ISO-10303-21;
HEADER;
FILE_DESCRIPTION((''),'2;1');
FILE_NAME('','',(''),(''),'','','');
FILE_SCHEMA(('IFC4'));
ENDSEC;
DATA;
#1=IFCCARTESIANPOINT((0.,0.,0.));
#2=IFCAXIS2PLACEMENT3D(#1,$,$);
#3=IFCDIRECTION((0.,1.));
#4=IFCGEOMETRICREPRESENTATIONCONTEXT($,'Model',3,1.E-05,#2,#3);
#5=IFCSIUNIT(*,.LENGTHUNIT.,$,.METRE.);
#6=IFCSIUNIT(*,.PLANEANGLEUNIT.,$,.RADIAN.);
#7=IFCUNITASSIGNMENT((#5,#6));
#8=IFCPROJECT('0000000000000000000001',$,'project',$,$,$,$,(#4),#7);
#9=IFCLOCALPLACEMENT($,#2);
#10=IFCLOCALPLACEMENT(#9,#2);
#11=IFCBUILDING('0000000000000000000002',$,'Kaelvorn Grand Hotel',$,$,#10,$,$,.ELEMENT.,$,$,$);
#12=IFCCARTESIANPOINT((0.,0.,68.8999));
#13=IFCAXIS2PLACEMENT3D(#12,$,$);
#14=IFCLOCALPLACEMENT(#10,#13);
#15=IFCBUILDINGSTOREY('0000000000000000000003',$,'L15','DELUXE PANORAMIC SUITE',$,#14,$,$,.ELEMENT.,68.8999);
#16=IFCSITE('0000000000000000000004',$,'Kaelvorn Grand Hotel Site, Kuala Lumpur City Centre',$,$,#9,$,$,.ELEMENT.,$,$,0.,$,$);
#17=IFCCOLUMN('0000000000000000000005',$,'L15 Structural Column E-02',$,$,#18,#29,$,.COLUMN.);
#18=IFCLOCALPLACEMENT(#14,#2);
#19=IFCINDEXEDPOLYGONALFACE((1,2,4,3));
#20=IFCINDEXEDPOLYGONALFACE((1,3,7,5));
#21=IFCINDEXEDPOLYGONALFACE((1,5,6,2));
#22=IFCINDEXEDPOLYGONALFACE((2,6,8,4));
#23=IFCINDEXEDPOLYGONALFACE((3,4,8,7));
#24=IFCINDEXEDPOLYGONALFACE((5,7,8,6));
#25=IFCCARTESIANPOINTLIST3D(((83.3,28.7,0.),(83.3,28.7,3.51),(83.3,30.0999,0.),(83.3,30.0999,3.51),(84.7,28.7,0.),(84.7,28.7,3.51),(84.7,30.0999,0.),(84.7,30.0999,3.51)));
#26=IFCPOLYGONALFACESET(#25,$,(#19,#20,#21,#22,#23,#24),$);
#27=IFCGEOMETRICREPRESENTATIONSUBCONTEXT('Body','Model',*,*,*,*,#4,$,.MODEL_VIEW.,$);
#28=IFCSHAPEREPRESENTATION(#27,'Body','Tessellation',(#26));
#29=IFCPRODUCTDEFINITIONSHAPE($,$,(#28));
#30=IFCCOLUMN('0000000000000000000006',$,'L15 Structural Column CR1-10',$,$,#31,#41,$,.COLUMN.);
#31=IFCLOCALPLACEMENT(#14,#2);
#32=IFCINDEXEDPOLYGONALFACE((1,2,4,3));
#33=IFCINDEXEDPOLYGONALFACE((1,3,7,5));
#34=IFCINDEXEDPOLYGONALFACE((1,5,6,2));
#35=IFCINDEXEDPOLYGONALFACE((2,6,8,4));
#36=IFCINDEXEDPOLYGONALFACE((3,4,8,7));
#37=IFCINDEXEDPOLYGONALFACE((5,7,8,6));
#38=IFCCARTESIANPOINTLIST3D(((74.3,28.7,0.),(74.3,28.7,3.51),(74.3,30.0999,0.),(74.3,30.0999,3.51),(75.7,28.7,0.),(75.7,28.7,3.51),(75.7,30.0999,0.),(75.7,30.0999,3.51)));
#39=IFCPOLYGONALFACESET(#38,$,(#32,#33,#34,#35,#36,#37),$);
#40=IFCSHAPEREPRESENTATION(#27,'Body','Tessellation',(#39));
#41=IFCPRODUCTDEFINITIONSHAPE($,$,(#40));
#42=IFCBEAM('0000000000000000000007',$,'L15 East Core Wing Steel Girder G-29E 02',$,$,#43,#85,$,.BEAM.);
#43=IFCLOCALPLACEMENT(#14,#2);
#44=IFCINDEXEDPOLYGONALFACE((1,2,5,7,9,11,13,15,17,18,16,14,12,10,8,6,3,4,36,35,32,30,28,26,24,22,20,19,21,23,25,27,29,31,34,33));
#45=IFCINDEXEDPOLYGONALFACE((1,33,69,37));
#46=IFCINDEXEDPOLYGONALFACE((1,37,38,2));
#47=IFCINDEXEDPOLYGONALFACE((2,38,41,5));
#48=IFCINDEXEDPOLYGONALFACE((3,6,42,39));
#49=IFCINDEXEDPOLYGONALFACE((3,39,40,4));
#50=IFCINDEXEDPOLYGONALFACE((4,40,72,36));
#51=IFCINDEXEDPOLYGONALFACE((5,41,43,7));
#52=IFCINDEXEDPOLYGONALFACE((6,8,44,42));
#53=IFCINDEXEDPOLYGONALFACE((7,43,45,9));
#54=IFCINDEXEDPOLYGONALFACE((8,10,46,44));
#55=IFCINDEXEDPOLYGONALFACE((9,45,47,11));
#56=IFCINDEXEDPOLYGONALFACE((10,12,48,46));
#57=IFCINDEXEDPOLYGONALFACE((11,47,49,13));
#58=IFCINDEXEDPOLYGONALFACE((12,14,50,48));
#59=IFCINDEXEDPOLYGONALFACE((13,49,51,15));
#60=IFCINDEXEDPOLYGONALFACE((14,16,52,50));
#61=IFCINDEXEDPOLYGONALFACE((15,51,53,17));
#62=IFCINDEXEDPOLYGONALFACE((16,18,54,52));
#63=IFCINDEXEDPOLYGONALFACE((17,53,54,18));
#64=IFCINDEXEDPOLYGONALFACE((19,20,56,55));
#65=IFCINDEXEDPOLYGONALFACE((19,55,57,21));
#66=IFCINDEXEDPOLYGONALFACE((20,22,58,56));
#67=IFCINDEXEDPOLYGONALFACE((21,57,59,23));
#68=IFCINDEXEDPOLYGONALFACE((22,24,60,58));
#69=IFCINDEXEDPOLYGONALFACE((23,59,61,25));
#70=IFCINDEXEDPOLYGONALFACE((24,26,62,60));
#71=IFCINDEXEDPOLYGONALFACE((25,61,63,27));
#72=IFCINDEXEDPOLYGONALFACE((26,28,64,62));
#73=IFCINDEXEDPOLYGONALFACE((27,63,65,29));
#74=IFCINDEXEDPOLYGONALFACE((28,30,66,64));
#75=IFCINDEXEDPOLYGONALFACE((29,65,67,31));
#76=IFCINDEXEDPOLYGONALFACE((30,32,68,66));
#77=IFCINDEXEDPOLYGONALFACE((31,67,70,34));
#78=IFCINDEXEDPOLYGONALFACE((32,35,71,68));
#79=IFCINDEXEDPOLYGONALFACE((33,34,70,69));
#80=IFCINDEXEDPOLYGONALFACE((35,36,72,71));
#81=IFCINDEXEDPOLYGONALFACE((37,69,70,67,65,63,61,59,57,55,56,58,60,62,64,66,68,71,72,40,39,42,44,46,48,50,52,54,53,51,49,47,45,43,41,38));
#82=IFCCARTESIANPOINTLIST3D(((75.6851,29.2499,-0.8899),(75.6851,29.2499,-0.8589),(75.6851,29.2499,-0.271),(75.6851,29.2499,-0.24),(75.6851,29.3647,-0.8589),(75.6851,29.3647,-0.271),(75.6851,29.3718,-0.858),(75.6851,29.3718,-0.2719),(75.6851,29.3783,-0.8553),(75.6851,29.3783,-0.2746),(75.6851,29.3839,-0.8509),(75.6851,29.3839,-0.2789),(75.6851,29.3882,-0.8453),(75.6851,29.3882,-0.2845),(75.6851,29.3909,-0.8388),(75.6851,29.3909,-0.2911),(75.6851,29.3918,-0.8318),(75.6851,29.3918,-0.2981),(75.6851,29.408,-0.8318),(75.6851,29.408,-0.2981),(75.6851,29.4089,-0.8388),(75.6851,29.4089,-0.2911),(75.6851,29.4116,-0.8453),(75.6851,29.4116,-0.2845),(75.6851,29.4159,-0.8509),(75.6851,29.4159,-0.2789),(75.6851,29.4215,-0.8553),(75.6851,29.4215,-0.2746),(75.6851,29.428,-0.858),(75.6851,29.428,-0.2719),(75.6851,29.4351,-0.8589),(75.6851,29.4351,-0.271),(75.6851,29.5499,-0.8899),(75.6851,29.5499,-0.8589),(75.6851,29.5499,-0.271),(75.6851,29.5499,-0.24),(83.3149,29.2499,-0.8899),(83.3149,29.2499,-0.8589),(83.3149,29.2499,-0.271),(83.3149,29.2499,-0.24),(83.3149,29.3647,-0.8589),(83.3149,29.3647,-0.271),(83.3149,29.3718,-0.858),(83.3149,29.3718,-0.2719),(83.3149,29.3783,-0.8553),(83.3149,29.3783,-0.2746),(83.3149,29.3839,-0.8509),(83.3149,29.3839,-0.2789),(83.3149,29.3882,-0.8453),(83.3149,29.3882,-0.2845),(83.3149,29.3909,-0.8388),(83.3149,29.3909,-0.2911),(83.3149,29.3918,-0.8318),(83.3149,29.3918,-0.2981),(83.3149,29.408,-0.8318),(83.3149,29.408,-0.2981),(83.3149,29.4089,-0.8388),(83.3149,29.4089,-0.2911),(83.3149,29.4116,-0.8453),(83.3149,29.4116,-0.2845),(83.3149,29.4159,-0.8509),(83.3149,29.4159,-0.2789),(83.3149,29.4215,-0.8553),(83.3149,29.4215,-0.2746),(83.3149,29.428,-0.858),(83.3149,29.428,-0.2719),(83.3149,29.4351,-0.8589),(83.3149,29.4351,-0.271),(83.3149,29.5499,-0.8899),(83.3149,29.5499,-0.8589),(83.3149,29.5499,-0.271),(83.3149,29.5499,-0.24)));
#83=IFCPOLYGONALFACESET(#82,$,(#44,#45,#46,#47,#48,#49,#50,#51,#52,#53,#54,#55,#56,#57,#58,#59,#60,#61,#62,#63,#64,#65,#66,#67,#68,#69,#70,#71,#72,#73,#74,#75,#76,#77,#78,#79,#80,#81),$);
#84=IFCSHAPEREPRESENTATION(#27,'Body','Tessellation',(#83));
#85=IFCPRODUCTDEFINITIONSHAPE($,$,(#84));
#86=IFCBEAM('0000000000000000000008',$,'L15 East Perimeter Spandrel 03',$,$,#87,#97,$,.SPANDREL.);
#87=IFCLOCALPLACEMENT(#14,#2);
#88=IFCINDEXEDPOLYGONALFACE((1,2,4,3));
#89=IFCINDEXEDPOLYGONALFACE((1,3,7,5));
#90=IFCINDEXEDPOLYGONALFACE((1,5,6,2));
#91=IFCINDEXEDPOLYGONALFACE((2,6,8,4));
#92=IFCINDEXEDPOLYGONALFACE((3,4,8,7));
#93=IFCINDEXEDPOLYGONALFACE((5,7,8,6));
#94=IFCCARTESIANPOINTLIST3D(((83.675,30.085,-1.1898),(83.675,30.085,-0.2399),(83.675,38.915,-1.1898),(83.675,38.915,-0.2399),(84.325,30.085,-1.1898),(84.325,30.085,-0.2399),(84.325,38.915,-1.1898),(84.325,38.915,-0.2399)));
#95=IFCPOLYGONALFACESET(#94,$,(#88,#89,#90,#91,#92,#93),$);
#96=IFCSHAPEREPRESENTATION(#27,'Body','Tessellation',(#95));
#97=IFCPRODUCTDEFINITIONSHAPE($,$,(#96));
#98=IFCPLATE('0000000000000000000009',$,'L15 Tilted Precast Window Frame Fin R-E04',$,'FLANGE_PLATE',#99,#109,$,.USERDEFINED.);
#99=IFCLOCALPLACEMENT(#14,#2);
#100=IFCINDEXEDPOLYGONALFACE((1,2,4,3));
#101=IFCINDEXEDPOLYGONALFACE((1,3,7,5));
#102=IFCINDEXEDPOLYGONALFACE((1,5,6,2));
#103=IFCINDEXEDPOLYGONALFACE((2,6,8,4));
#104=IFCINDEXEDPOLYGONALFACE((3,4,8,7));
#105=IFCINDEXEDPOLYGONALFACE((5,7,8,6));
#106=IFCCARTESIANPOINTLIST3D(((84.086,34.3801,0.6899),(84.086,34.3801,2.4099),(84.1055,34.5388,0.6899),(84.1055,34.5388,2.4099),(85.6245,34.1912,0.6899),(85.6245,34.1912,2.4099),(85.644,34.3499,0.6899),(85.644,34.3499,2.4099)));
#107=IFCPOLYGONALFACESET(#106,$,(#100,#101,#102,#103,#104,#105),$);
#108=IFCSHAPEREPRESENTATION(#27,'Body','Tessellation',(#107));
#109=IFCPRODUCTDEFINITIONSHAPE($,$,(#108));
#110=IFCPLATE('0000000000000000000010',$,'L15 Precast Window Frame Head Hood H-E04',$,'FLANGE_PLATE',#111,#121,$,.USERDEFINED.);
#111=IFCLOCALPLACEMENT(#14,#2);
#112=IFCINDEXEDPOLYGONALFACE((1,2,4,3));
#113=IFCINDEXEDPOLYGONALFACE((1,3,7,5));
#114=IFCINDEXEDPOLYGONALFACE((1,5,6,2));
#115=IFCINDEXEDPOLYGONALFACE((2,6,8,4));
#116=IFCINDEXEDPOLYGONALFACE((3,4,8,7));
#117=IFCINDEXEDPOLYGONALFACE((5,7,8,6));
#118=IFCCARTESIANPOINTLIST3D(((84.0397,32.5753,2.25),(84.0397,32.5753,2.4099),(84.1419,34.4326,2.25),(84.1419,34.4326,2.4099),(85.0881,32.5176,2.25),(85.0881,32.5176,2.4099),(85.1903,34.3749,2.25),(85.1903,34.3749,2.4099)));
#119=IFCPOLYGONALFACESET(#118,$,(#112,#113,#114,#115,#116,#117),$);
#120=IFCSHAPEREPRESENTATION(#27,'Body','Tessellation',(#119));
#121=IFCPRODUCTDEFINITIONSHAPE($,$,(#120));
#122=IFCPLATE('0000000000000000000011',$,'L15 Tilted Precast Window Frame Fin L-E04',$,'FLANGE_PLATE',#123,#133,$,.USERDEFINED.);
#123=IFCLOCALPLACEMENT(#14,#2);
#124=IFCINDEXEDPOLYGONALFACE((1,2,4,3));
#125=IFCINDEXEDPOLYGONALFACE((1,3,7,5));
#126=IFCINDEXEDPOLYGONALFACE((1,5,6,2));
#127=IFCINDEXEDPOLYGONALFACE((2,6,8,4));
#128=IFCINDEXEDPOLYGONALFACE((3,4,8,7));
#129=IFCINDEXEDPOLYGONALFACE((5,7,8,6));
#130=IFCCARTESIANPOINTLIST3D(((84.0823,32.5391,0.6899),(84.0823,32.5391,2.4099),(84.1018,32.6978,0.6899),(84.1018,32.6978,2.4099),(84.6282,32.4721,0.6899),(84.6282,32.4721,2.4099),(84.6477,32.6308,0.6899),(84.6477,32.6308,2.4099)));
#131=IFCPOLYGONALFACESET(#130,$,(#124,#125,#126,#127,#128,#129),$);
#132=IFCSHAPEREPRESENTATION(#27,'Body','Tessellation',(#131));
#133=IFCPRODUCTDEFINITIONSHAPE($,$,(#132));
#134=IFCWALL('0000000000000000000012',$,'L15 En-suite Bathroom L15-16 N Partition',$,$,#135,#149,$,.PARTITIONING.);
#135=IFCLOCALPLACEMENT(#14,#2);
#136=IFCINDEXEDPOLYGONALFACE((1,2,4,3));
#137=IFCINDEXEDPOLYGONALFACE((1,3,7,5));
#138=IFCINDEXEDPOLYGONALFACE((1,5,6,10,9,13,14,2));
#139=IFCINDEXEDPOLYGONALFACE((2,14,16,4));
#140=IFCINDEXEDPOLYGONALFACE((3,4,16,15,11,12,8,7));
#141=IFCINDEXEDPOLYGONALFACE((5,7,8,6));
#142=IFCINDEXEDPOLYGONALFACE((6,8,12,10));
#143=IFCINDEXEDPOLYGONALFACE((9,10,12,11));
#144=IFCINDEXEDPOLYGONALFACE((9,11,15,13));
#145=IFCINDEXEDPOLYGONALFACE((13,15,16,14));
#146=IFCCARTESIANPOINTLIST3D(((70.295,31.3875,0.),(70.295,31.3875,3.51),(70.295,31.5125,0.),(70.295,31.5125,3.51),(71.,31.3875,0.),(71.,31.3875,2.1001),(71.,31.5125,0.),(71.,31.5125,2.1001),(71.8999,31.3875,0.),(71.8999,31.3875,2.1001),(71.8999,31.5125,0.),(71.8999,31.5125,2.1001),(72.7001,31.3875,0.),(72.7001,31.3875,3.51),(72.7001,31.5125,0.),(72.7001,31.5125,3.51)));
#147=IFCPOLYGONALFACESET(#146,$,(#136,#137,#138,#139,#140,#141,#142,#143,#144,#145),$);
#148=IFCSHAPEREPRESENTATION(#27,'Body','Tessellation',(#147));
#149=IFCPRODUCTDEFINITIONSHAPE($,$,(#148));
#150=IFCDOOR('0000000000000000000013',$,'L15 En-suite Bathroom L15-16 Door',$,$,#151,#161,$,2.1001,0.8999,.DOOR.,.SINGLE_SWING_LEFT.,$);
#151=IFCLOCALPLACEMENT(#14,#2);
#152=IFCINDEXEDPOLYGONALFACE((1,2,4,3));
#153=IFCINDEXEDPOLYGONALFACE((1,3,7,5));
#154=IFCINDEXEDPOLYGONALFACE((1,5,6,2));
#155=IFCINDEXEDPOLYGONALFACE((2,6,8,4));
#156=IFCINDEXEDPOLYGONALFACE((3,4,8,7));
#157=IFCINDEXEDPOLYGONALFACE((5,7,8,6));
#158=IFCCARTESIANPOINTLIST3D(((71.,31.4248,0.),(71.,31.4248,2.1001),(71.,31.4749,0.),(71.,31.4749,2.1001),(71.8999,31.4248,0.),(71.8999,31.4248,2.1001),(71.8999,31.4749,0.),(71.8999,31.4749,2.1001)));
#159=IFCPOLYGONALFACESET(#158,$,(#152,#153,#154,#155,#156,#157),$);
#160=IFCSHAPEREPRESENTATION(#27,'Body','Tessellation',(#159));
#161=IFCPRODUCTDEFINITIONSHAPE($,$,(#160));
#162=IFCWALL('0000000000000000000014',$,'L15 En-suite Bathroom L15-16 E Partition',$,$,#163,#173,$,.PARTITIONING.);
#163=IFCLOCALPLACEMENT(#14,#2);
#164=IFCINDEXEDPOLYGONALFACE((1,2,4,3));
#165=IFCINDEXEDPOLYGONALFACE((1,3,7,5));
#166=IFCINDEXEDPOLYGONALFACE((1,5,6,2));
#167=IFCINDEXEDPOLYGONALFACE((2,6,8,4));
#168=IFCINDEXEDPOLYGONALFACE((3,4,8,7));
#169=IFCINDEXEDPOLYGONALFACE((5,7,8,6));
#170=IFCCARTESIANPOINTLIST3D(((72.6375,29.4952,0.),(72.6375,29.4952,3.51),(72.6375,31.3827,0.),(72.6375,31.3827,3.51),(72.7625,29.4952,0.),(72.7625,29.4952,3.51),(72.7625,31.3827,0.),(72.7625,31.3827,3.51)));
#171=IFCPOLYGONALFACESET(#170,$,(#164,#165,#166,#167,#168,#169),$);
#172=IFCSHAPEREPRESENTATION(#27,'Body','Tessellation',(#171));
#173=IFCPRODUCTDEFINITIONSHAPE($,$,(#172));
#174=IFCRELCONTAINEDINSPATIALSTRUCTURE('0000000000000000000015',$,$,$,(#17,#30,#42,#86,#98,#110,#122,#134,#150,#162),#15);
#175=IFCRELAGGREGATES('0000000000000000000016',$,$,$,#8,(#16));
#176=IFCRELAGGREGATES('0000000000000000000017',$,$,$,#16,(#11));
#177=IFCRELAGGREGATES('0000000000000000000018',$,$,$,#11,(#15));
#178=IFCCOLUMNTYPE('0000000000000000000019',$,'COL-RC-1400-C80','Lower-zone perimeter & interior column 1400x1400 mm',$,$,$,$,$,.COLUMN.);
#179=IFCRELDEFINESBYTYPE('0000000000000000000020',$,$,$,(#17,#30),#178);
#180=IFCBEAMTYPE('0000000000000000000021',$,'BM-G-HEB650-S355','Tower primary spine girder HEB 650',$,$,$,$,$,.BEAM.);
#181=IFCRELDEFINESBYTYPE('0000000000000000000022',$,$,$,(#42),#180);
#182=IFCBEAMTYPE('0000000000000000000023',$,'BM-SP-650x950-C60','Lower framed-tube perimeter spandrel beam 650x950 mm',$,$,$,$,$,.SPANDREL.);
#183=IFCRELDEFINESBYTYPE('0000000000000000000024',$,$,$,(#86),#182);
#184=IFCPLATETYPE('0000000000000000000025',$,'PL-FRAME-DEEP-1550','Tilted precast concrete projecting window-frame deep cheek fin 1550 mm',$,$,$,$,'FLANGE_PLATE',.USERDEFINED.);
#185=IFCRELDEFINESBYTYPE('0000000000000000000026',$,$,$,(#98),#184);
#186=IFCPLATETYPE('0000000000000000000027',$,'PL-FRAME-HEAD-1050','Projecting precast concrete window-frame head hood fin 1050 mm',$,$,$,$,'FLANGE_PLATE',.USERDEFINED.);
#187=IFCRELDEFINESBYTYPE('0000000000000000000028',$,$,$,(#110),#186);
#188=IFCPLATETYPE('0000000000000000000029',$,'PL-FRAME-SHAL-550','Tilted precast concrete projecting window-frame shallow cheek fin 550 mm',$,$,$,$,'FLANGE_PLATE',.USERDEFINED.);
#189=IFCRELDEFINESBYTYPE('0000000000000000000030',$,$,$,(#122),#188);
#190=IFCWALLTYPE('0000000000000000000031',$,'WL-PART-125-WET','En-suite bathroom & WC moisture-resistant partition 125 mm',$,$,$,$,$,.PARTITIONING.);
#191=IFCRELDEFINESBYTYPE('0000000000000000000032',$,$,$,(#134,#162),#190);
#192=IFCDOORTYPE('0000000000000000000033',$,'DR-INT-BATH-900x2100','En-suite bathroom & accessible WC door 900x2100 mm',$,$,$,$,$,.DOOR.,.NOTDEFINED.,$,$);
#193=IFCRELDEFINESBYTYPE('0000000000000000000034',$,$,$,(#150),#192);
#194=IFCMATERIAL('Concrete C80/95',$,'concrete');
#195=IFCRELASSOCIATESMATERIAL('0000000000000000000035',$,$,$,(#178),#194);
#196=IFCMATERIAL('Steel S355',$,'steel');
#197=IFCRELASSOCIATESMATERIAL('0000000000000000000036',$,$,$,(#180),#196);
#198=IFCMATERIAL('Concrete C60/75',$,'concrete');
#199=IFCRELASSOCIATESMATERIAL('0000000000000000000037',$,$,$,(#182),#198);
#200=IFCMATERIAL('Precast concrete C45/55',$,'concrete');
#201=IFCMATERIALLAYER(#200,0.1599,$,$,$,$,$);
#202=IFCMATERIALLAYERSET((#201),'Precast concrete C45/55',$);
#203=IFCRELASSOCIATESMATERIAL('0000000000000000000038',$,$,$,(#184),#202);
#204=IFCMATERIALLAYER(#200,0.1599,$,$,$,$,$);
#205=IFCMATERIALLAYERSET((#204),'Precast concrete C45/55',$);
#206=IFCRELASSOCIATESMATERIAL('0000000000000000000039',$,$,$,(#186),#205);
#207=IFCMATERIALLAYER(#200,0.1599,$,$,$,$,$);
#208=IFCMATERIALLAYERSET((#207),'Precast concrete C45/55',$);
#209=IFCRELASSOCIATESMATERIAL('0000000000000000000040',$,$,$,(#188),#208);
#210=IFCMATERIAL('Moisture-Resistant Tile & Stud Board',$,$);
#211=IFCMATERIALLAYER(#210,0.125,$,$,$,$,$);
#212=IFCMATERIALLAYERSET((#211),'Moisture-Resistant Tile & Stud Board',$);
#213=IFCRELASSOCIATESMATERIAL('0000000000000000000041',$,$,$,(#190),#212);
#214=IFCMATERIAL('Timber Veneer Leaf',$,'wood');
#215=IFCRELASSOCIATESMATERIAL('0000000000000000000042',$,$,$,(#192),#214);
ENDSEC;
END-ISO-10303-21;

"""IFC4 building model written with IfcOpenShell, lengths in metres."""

from ifc_helpers import new_model, si_unit, direction, frame, frame_2d, origin, origin_2d, place, context, subcontext, project, spatial, rectangle, i_section, extrude, material, layer, layer_set, material_profile, profile_set, type_object, element, fill, save


model = new_model("IFC4")

# Units and contexts
model_context = context("Model", 3, precision=1e-05, world=origin(), true_north=direction((0.0, 1.0)))
body_context = subcontext(model_context, "Body", "Model", "MODEL_VIEW")
ifc_project = project(units=[si_unit("LENGTHUNIT", "METRE"), si_unit("PLANEANGLEUNIT", "RADIAN")], contexts=[model_context])

# Site, building, storey
site_placement = place(None, origin())
site = spatial("IfcSite", under=ifc_project, at=site_placement, Name="Kaelvorn Grand Hotel Site, Kuala Lumpur City Centre", CompositionType="ELEMENT", RefElevation=0.0)
building_placement = place(site_placement, origin())
building = spatial("IfcBuilding", under=site, at=building_placement, Name="Kaelvorn Grand Hotel", CompositionType="ELEMENT")
storey_placement = place(building_placement, frame((0.0, 0.0, 68.8999)))
storey = spatial("IfcBuildingStorey", under=building, at=storey_placement, Name="L15", Description="DELUXE PANORAMIC SUITE", CompositionType="ELEMENT", Elevation=68.8999)

# Columns
ifc_material_1 = material(Name="Concrete C80/95", Category="concrete")
ifc_material_profile_1 = material_profile(ifc_material_1, rectangle(XDim=1.3999, YDim=1.3999, at=origin_2d()), Name="RC COL 1400x1400")
ifc_profile_set_1 = profile_set([ifc_material_profile_1], Name="Concrete C80/95")
column_type = type_object("IfcColumnType", Name="COL-RC-1400-C80", Description="Lower-zone perimeter & interior column 1400x1400 mm", PredefinedType="COLUMN", material=ifc_profile_set_1)
for number, where, z_axis, x_axis, name in (
    (1, (84.0, 29.3999, 0.0), (0.0, 0.0, 1.0), (1.0, 0.0, 0.0), "L15 Structural Column E-02"),
    (2, (75.0, 29.3999, 0.0), (0.0, 0.0, 1.0), (1.0, 0.0, 0.0), "L15 Structural Column CR1-10"),
):
    element("IfcColumn", number, at=place(storey_placement, frame(where, z_axis=z_axis, x_axis=x_axis)), inside=storey, type_object=column_type, Name=name, PredefinedType="COLUMN", context=body_context, shape_type="SweptSolid", body=[
        extrude(rectangle(XDim=1.3999, YDim=1.3999, at=origin_2d()), origin(), (0.0, 0.0, 1.0), 3.51),
    ])

# Beams
ifc_material_2 = material(Name="Steel S355", Category="steel")
ifc_material_profile_2 = material_profile(ifc_material_2, i_section(OverallWidth=0.3, OverallDepth=0.6499, WebThickness=0.0161, FlangeThickness=0.031, FilletRadius=0.0271, at=origin_2d()), Name="HEB 650")
ifc_profile_set_2 = profile_set([ifc_material_profile_2], Name="Steel S355")
beam_type_1 = type_object("IfcBeamType", Name="BM-G-HEB650-S355", Description="Tower primary spine girder HEB 650", PredefinedType="BEAM", material=ifc_profile_set_2)
beam_1_placement = place(storey_placement, frame((75.6851, 29.3999, -0.5649), z_axis=(1.0, 0.0, 0.0), x_axis=(0.0, 1.0, 0.0)))
element("IfcBeam", 3, at=beam_1_placement, inside=storey, type_object=beam_type_1, Name="L15 East Core Wing Steel Girder G-29E 02", PredefinedType="BEAM", context=body_context, shape_type="SweptSolid", body=[
    extrude(i_section(OverallWidth=0.3, OverallDepth=0.6499, WebThickness=0.0161, FlangeThickness=0.031, FilletRadius=0.0271, at=origin_2d()), origin(), (0.0, 0.0, 1.0), 7.6299),
])
ifc_material_3 = material(Name="Concrete C60/75", Category="concrete")
ifc_material_profile_3 = material_profile(ifc_material_3, rectangle(XDim=0.6499, YDim=0.95, at=origin_2d()), Name="RC SPANDREL 650x950")
ifc_profile_set_3 = profile_set([ifc_material_profile_3], Name="Concrete C60/75")
beam_type_2 = type_object("IfcBeamType", Name="BM-SP-650x950-C60", Description="Lower framed-tube perimeter spandrel beam 650x950 mm", PredefinedType="SPANDREL", material=ifc_profile_set_3)
beam_2_placement = place(storey_placement, frame((84.0, 30.085, -0.7148), z_axis=(0.0, 1.0, 0.0), x_axis=(-1.0, 0.0, 0.0)))
element("IfcBeam", 4, at=beam_2_placement, inside=storey, type_object=beam_type_2, Name="L15 East Perimeter Spandrel 03", PredefinedType="SPANDREL", context=body_context, shape_type="SweptSolid", body=[
    extrude(rectangle(XDim=0.6499, YDim=0.95, at=origin_2d()), origin(), (0.0, 0.0, 1.0), 8.8301),
])

# Plates
ifc_material_4 = material(Name="Precast concrete C45/55", Category="concrete")
ifc_layer_1 = layer(ifc_material_4, 0.1599)
ifc_layer_set_1 = layer_set([ifc_layer_1], Name="Precast concrete C45/55")
plate_type_1 = type_object("IfcPlateType", Name="PL-FRAME-DEEP-1550", Description="Tilted precast concrete projecting window-frame deep cheek fin 1550 mm", ElementType="FLANGE_PLATE", PredefinedType="USERDEFINED", material=ifc_layer_set_1)
plate_1_placement = place(storey_placement, frame((84.865, 34.365, 0.6899), z_axis=(0.0, 0.0, 1.0), x_axis=(0.121869, 0.992546, 0.0)))
element("IfcPlate", 5, at=plate_1_placement, inside=storey, type_object=plate_type_1, Name="L15 Tilted Precast Window Frame Fin R-E04", ObjectType="FLANGE_PLATE", PredefinedType="USERDEFINED", context=body_context, shape_type="SweptSolid", body=[
    extrude(rectangle(XDim=0.1599, YDim=1.55, at=origin_2d()), origin(), (0.0, 0.0, 1.0), 1.72),
])
ifc_layer_2 = layer(ifc_material_4, 0.1599)
ifc_layer_set_2 = layer_set([ifc_layer_2], Name="Precast concrete C45/55")
plate_type_2 = type_object("IfcPlateType", Name="PL-FRAME-HEAD-1050", Description="Projecting precast concrete window-frame head hood fin 1050 mm", ElementType="FLANGE_PLATE", PredefinedType="USERDEFINED", material=ifc_layer_set_2)
plate_2_placement = place(storey_placement, frame((84.615, 33.4751, 2.25), z_axis=(0.0, 0.0, 1.0), x_axis=(0.05495, 0.998489, 0.0)))
element("IfcPlate", 6, at=plate_2_placement, inside=storey, type_object=plate_type_2, Name="L15 Precast Window Frame Head Hood H-E04", ObjectType="FLANGE_PLATE", PredefinedType="USERDEFINED", context=body_context, shape_type="SweptSolid", body=[
    extrude(rectangle(XDim=1.8601, YDim=1.05, at=origin_2d()), origin(), (0.0, 0.0, 1.0), 0.1599),
])
ifc_layer_3 = layer(ifc_material_4, 0.1599)
ifc_layer_set_3 = layer_set([ifc_layer_3], Name="Precast concrete C45/55")
plate_type_3 = type_object("IfcPlateType", Name="PL-FRAME-SHAL-550", Description="Tilted precast concrete projecting window-frame shallow cheek fin 550 mm", ElementType="FLANGE_PLATE", PredefinedType="USERDEFINED", material=ifc_layer_set_3)
plate_3_placement = place(storey_placement, frame((84.365, 32.585, 0.6899), z_axis=(0.0, 0.0, 1.0), x_axis=(0.121869, 0.992546, 0.0)))
element("IfcPlate", 7, at=plate_3_placement, inside=storey, type_object=plate_type_3, Name="L15 Tilted Precast Window Frame Fin L-E04", ObjectType="FLANGE_PLATE", PredefinedType="USERDEFINED", context=body_context, shape_type="SweptSolid", body=[
    extrude(rectangle(XDim=0.1599, YDim=0.55, at=origin_2d()), origin(), (0.0, 0.0, 1.0), 1.72),
])

# Wall, opening, door
ifc_material_5 = material(Name="Moisture-Resistant Tile & Stud Board")
ifc_layer_4 = layer(ifc_material_5, 0.125)
ifc_layer_set_4 = layer_set([ifc_layer_4], Name="Moisture-Resistant Tile & Stud Board")
wall_type_1 = type_object("IfcWallType", Name="WL-PART-125-WET", Description="En-suite bathroom & WC moisture-resistant partition 125 mm", PredefinedType="PARTITIONING", material=ifc_layer_set_4)
wall_1_placement = place(storey_placement, frame((70.2949, 31.45, 0.0), z_axis=(0.0, 0.0, 1.0), x_axis=(1.0, 0.0, 0.0)))
wall_1 = element("IfcWall", 8, at=wall_1_placement, inside=storey, type_object=wall_type_1, Name="L15 En-suite Bathroom L15-16 N Partition", PredefinedType="PARTITIONING", context=body_context, shape_type="SweptSolid", body=[
    extrude(rectangle(XDim=2.405, YDim=0.125, at=frame_2d((1.2026, 0.0))), origin(), (0.0, 0.0, 1.0), 3.51),
])
opening_1_placement = place(wall_1_placement, frame((0.7051, 0.0, 0.0)))
opening_1 = element("IfcOpeningElement", 9, at=opening_1_placement, cuts=wall_1, PredefinedType="OPENING", context=body_context, shape_type="SweptSolid", body=[
    extrude(rectangle(XDim=0.8999, YDim=2.1001, at=frame_2d((0.45, 1.05))), frame((0.0, 0.0725, 0.0), z_axis=(0.0, -1.0, 0.0), x_axis=(1.0, 0.0, 0.0)), (0.0, 0.0, 1.0), 0.145),
])
ifc_material_6 = material(Name="Timber Veneer Leaf", Category="wood")
door_type_1 = type_object("IfcDoorType", Name="DR-INT-BATH-900x2100", Description="En-suite bathroom & accessible WC door 900x2100 mm", OperationType="NOTDEFINED", PredefinedType="DOOR", material=ifc_material_6)
door_1_placement = place(opening_1_placement, origin())
door_1 = element("IfcDoor", 10, at=door_1_placement, inside=storey, type_object=door_type_1, Name="L15 En-suite Bathroom L15-16 Door", OperationType="SINGLE_SWING_LEFT", OverallHeight=2.1001, OverallWidth=0.8999, PredefinedType="DOOR", context=body_context, shape_type="SweptSolid", body=[
    extrude(rectangle(XDim=0.8999, YDim=2.1001, at=frame_2d((0.45, 1.05))), frame((0.0, 0.0249, 0.0), z_axis=(0.0, -1.0, 0.0), x_axis=(1.0, 0.0, 0.0)), (0.0, 0.0, 1.0), 0.05),
])
fill(opening_1, door_1)

# Wall
wall_2_placement = place(storey_placement, frame((72.7, 29.4951, 0.0), z_axis=(0.0, 0.0, 1.0), x_axis=(0.0, 1.0, 0.0)))
element("IfcWall", 11, at=wall_2_placement, inside=storey, type_object=wall_type_1, Name="L15 En-suite Bathroom L15-16 E Partition", PredefinedType="PARTITIONING", context=body_context, shape_type="SweptSolid", body=[
    extrude(rectangle(XDim=1.8875, YDim=0.125, at=frame_2d((0.9438, 0.0))), origin(), (0.0, 0.0, 1.0), 3.51),
])

save(model, "model.ifc")
